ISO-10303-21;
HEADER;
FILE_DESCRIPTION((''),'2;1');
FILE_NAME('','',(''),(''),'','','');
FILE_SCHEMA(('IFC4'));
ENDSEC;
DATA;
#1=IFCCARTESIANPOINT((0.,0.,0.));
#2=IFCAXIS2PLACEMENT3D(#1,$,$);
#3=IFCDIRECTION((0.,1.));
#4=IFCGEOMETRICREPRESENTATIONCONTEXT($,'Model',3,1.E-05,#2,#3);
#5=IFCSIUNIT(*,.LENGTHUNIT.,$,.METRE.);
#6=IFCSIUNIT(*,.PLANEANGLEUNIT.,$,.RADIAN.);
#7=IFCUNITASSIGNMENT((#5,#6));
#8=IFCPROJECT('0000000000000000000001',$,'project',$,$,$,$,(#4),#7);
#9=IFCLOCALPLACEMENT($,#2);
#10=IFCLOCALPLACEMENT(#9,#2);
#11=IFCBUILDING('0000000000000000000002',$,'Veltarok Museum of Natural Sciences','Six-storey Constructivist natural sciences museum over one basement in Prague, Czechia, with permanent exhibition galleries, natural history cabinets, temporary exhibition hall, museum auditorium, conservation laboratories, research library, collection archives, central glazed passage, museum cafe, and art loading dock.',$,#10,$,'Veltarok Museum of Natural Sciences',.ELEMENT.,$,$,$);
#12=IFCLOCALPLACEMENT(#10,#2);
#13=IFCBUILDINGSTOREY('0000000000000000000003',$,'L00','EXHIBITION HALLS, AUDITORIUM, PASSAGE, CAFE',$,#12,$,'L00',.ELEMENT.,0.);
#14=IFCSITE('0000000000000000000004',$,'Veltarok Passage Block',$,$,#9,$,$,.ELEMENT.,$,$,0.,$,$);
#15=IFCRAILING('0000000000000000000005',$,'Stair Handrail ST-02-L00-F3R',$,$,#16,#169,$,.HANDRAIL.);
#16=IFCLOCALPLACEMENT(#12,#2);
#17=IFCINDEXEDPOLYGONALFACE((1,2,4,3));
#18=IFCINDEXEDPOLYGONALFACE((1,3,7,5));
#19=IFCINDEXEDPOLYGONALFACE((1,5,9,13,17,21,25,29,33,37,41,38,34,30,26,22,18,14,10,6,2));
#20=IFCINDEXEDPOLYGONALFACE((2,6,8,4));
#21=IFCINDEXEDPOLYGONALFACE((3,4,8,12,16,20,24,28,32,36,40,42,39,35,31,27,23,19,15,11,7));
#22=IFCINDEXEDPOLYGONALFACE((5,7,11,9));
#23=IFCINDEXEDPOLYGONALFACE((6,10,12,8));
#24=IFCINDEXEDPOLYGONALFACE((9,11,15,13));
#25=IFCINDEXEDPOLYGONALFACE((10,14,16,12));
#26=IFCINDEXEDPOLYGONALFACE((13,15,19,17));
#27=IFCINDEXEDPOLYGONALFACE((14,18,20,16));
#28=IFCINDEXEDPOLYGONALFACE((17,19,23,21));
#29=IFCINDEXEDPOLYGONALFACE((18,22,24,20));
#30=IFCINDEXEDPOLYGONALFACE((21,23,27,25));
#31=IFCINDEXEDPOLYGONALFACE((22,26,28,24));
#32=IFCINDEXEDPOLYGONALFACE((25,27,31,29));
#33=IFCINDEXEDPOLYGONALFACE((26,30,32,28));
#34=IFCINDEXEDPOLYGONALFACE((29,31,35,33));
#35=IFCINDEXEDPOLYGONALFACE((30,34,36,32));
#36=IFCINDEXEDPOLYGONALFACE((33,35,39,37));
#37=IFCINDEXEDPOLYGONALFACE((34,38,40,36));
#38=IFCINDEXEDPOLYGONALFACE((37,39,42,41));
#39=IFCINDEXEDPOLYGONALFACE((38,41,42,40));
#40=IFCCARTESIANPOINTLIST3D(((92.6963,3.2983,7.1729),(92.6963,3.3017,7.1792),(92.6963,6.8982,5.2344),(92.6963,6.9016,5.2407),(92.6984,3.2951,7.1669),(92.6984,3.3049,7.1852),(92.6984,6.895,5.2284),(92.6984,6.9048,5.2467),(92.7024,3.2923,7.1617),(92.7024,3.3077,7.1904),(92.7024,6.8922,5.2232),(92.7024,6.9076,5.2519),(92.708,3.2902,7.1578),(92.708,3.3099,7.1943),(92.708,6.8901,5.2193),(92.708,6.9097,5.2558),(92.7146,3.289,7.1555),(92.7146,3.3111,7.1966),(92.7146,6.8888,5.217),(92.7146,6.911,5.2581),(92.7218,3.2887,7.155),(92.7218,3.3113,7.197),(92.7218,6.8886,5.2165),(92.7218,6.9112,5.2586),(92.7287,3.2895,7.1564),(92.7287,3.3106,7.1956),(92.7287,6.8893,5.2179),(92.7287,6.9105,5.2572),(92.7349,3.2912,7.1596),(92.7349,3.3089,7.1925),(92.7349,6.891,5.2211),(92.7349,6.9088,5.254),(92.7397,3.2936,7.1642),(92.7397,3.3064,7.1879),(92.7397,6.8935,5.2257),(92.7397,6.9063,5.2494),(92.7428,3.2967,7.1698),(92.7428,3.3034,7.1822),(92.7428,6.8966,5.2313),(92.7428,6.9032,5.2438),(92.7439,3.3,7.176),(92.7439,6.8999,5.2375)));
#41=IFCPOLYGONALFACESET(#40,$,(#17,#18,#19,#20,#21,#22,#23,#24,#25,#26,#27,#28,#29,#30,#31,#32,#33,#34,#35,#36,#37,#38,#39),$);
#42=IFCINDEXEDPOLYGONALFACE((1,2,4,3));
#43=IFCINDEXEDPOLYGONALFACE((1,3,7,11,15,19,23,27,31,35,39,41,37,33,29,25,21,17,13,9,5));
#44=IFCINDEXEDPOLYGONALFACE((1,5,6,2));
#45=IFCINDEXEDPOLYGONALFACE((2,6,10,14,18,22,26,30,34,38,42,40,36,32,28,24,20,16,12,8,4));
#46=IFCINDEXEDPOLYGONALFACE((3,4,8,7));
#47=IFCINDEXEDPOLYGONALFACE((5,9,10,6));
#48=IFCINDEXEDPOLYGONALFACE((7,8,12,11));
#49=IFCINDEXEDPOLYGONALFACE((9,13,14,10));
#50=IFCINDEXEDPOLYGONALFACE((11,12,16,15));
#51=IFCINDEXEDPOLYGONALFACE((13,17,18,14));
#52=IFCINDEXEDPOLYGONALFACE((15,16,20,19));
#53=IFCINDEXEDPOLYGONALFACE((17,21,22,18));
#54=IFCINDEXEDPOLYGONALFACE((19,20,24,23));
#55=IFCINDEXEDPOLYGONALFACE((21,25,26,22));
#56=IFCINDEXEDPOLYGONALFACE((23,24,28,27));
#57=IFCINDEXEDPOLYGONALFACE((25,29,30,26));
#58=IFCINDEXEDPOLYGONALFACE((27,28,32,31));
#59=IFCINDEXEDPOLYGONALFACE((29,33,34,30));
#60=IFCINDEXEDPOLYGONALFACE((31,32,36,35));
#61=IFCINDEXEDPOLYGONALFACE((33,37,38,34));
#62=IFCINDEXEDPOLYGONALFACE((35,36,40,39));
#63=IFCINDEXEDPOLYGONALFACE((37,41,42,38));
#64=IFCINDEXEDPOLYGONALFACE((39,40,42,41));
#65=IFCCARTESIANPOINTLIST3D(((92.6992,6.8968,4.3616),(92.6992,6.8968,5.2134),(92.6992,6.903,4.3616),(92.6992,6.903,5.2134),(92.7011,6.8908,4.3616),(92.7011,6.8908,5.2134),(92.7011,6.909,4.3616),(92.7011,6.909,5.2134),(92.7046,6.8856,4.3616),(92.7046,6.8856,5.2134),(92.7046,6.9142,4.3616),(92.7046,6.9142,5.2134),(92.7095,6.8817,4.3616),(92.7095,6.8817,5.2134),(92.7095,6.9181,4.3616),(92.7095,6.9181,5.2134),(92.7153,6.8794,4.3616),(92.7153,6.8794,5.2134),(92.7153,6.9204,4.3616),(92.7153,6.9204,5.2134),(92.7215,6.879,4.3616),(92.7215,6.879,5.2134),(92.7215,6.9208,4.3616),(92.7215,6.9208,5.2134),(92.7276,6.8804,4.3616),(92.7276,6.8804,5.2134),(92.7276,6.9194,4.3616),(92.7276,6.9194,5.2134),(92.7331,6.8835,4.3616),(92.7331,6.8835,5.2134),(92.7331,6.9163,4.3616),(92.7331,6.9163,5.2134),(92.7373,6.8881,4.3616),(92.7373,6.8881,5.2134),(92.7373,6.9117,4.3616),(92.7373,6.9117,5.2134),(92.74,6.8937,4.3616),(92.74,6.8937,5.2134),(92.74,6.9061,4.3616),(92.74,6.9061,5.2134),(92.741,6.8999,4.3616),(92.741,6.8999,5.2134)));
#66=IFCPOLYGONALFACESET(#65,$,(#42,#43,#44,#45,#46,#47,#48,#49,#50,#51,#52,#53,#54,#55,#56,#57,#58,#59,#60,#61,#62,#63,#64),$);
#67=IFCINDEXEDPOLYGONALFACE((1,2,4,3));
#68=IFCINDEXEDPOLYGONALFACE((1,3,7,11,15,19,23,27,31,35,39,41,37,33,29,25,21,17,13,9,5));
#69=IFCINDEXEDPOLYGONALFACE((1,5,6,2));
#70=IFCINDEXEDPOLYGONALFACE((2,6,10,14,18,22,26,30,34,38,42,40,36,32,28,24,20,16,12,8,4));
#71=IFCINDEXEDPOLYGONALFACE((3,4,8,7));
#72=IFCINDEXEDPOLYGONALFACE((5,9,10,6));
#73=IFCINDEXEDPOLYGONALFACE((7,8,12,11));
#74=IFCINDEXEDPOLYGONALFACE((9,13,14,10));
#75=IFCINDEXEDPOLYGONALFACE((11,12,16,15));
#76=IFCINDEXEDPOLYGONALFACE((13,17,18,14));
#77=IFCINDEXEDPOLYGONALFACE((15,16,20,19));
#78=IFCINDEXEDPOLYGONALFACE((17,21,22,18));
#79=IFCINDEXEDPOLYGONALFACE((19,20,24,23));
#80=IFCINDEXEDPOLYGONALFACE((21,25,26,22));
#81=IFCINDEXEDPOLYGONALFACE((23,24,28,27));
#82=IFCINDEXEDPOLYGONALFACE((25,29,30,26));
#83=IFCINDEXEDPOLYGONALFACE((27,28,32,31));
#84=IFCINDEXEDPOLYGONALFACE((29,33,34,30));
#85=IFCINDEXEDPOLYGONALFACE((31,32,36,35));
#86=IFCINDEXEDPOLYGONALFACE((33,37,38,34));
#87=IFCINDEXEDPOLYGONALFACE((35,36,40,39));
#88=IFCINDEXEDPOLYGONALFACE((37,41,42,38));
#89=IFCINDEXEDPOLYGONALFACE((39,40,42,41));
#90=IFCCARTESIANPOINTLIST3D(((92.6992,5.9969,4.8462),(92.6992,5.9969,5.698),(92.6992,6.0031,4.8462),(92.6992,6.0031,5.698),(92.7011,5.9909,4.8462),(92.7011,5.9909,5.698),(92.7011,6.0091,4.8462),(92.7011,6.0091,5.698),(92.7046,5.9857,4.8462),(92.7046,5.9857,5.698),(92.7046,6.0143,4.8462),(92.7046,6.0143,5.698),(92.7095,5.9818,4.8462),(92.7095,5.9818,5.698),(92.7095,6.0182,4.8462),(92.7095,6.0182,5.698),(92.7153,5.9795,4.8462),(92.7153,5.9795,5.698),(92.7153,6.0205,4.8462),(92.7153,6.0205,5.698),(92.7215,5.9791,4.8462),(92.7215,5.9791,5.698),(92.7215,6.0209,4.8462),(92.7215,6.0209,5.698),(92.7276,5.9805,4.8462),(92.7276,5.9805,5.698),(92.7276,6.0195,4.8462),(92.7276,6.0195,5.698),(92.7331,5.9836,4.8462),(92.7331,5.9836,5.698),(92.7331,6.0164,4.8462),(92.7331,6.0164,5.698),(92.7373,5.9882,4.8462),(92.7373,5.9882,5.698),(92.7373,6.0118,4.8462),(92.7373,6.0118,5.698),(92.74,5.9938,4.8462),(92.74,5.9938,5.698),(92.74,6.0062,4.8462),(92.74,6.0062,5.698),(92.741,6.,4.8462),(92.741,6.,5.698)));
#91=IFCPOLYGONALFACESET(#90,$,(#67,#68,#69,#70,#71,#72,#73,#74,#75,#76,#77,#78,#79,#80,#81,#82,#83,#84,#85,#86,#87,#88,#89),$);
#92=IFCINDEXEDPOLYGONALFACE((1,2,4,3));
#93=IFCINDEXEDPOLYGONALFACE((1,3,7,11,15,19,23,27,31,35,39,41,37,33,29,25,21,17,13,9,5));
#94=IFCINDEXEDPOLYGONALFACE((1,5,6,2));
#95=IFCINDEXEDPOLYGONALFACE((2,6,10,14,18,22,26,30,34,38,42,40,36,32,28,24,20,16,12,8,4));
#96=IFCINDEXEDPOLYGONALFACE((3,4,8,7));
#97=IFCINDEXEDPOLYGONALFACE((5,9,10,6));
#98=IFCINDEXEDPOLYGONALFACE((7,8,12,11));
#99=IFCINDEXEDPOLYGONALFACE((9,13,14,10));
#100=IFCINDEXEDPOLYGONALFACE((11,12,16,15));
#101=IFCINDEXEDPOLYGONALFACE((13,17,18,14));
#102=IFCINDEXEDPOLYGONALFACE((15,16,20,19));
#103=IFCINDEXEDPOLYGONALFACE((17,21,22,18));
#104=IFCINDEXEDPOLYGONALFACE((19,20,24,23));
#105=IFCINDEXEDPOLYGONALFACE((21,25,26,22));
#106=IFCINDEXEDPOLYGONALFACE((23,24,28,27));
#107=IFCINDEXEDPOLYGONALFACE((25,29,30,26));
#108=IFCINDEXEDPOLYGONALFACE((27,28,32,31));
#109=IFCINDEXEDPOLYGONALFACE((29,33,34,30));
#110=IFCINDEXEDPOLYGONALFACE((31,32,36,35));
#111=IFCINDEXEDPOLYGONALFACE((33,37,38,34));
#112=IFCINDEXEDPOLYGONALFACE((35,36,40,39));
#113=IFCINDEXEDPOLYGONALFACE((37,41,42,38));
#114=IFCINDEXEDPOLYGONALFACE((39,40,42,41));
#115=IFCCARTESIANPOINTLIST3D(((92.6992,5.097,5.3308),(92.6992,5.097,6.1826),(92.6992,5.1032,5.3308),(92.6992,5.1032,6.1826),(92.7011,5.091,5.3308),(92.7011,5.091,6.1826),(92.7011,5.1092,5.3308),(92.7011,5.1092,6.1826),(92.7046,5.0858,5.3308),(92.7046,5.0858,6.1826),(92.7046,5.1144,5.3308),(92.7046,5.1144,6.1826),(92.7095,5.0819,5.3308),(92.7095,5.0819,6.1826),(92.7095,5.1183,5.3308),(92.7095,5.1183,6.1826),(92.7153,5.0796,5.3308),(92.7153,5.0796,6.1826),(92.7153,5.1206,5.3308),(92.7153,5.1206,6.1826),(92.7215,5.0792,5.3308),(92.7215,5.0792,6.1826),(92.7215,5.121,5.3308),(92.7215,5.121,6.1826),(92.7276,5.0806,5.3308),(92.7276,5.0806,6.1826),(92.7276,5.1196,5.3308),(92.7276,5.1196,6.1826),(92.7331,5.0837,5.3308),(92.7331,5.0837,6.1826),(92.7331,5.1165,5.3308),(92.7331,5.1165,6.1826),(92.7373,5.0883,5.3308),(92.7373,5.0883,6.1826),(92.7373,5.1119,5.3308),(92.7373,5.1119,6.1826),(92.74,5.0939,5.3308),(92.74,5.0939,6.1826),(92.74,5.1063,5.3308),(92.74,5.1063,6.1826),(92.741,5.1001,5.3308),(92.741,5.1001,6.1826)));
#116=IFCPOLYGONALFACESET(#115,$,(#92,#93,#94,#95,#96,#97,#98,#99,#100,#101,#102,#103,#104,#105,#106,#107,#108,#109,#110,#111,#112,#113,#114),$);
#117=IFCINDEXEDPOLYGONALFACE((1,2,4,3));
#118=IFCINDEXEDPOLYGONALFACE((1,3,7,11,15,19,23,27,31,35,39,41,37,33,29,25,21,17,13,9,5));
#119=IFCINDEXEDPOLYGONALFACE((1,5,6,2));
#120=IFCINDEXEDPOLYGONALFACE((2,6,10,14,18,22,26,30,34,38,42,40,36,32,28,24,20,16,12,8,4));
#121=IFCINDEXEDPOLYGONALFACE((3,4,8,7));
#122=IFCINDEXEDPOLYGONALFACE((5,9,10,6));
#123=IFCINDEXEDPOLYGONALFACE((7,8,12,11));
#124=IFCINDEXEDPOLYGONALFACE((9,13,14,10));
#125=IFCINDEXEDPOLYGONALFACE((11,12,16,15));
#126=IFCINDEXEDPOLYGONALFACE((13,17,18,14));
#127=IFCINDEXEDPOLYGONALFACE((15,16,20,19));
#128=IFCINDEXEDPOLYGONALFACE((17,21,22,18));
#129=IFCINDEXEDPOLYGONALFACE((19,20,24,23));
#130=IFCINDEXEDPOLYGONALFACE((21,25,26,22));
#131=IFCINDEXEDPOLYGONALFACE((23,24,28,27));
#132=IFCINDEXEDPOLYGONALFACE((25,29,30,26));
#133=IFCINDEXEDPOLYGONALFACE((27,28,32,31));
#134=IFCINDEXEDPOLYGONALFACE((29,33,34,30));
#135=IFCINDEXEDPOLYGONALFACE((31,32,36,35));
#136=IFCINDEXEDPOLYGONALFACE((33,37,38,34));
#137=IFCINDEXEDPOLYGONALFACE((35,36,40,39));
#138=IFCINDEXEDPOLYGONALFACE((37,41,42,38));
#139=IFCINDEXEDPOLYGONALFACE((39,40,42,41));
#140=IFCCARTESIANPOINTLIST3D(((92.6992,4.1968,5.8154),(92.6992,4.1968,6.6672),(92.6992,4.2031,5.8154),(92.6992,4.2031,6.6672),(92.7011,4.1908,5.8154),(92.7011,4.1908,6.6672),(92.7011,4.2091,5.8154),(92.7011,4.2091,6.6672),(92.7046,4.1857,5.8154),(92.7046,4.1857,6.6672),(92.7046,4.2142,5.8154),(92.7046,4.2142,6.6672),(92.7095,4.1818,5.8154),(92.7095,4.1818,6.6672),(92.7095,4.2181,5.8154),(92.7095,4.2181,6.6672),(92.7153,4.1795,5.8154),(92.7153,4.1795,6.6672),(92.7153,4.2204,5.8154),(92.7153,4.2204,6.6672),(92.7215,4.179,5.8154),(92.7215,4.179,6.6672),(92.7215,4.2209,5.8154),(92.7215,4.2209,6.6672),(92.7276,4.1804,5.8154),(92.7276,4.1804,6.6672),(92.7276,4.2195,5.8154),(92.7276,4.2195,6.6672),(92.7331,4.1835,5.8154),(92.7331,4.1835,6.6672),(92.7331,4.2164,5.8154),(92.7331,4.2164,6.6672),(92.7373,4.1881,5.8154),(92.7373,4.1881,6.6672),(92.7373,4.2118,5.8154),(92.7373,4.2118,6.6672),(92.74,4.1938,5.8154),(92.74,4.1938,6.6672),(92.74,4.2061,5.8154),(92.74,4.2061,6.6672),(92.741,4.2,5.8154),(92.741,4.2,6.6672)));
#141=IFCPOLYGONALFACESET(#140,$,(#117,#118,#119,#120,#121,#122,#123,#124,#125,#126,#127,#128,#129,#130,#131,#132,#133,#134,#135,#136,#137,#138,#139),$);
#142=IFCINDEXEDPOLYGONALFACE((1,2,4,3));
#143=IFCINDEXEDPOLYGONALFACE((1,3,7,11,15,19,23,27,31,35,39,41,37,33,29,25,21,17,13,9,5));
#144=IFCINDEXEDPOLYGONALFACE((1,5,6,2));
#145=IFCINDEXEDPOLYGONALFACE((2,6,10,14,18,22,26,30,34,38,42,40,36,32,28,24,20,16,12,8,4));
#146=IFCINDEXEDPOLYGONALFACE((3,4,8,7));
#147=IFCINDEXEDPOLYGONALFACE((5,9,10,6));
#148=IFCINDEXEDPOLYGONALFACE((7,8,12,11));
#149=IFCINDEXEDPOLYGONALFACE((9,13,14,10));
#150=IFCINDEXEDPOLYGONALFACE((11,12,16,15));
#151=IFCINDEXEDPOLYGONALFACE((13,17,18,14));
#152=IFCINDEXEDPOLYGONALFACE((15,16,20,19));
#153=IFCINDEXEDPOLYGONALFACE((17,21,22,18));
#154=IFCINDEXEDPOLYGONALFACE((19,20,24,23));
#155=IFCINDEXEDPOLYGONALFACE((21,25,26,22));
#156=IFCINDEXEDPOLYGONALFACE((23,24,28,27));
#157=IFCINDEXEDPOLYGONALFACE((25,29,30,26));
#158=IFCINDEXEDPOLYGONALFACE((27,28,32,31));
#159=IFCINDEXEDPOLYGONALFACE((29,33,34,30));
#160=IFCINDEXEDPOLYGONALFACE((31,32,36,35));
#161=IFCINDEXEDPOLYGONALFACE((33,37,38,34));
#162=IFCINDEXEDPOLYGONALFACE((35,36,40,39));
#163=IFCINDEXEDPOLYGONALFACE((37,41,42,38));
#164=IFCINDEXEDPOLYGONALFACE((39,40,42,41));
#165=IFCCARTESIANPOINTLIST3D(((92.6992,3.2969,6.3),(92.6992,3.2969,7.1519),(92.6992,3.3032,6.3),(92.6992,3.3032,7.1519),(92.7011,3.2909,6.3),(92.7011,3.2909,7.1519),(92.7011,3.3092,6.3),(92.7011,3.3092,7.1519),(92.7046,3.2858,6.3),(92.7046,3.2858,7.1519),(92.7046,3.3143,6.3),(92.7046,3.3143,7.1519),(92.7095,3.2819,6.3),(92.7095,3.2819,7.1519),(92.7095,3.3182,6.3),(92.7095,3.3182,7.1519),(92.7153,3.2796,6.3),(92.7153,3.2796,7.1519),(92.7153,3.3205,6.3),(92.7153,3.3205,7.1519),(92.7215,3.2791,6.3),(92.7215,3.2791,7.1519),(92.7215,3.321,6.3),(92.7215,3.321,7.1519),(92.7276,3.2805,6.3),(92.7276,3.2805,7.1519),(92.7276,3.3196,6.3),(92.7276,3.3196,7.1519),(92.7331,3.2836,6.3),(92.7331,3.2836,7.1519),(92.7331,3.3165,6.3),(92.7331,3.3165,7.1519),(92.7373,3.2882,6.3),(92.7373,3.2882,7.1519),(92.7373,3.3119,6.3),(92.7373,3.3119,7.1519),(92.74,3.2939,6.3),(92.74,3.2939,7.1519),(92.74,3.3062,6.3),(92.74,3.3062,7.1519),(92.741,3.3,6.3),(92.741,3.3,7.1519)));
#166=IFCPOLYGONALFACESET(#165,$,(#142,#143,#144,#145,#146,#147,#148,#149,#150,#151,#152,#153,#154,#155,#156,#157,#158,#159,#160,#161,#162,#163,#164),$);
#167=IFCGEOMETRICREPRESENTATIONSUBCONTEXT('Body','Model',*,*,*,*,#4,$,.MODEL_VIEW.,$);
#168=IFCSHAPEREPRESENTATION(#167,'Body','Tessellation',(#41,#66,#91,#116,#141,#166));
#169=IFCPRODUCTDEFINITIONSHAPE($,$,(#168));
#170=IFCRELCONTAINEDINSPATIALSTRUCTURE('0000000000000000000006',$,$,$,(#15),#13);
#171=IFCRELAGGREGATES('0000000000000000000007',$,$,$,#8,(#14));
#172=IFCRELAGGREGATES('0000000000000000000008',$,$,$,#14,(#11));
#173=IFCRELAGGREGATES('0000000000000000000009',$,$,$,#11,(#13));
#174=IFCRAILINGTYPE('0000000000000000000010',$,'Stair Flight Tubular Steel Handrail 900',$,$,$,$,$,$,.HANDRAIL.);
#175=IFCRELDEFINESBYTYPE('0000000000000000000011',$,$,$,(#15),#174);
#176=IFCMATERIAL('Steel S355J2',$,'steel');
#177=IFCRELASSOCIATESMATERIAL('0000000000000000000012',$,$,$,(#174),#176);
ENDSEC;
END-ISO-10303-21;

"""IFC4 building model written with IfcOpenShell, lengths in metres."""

from ifc_helpers import new_model, si_unit, direction, frame, origin, origin_2d, place, context, subcontext, project, spatial, circle, extrude, material, type_object, element, save


model = new_model("IFC4")

# Units and contexts
model_context = context("Model", 3, precision=1e-05, world=origin(), true_north=direction((0.0, 1.0)))
body_context = subcontext(model_context, "Body", "Model", "MODEL_VIEW")
ifc_project = project(units=[si_unit("LENGTHUNIT", "METRE"), si_unit("PLANEANGLEUNIT", "RADIAN")], contexts=[model_context])

# Site, building, storey
site_placement = place(None, origin())
site = spatial("IfcSite", under=ifc_project, at=site_placement, Name="Veltarok Passage Block", CompositionType="ELEMENT", RefElevation=0.0)
building_placement = place(site_placement, origin())
building = spatial("IfcBuilding", under=site, at=building_placement, Name="Veltarok Museum of Natural Sciences", Description="Six-storey Constructivist natural sciences museum over one basement in Prague, Czechia, with permanent exhibition galleries, natural history cabinets, temporary exhibition hall, museum auditorium, conservation laboratories, research library, collection archives, central glazed passage, museum cafe, and art loading dock.", LongName="Veltarok Museum of Natural Sciences", CompositionType="ELEMENT")
storey_placement = place(building_placement, origin())
storey = spatial("IfcBuildingStorey", under=building, at=storey_placement, Name="L00", Description="EXHIBITION HALLS, AUDITORIUM, PASSAGE, CAFE", LongName="L00", CompositionType="ELEMENT", Elevation=0.0)

# Railing
ifc_material_1 = material(Name="Steel S355J2", Category="steel")
railing_type_1 = type_object("IfcRailingType", Name="Stair Flight Tubular Steel Handrail 900", PredefinedType="HANDRAIL", material=ifc_material_1)
railing_1_placement = place(storey_placement, frame((92.72, 6.8999, 4.3616)))
element("IfcRailing", 1, at=railing_1_placement, inside=storey, type_object=railing_type_1, Name="Stair Handrail ST-02-L00-F3R", PredefinedType="HANDRAIL", context=body_context, shape_type="SweptSolid", body=[
    extrude(circle(Radius=0.0239, at=origin_2d()), frame((0.0, 0.0, 0.876), z_axis=(0.0, -0.880462, 0.474118), x_axis=(1.0, 0.0, 0.0)), (0.0, 0.0, 1.0), 4.0886),
    extrude(circle(Radius=0.021, at=origin_2d()), origin(), (0.0, 0.0, 1.0), 0.8518),
    extrude(circle(Radius=0.021, at=origin_2d()), frame((0.0, -0.8999, 0.4846)), (0.0, 0.0, 1.0), 0.8518),
    extrude(circle(Radius=0.021, at=origin_2d()), frame((0.0, -1.7998, 0.9692)), (0.0, 0.0, 1.0), 0.8518),
    extrude(circle(Radius=0.021, at=origin_2d()), frame((0.0, -2.7, 1.4539)), (0.0, 0.0, 1.0), 0.8518),
    extrude(circle(Radius=0.021, at=origin_2d()), frame((0.0, -3.5999, 1.9385)), (0.0, 0.0, 1.0), 0.8518),
])

save(model, "model.ifc")
